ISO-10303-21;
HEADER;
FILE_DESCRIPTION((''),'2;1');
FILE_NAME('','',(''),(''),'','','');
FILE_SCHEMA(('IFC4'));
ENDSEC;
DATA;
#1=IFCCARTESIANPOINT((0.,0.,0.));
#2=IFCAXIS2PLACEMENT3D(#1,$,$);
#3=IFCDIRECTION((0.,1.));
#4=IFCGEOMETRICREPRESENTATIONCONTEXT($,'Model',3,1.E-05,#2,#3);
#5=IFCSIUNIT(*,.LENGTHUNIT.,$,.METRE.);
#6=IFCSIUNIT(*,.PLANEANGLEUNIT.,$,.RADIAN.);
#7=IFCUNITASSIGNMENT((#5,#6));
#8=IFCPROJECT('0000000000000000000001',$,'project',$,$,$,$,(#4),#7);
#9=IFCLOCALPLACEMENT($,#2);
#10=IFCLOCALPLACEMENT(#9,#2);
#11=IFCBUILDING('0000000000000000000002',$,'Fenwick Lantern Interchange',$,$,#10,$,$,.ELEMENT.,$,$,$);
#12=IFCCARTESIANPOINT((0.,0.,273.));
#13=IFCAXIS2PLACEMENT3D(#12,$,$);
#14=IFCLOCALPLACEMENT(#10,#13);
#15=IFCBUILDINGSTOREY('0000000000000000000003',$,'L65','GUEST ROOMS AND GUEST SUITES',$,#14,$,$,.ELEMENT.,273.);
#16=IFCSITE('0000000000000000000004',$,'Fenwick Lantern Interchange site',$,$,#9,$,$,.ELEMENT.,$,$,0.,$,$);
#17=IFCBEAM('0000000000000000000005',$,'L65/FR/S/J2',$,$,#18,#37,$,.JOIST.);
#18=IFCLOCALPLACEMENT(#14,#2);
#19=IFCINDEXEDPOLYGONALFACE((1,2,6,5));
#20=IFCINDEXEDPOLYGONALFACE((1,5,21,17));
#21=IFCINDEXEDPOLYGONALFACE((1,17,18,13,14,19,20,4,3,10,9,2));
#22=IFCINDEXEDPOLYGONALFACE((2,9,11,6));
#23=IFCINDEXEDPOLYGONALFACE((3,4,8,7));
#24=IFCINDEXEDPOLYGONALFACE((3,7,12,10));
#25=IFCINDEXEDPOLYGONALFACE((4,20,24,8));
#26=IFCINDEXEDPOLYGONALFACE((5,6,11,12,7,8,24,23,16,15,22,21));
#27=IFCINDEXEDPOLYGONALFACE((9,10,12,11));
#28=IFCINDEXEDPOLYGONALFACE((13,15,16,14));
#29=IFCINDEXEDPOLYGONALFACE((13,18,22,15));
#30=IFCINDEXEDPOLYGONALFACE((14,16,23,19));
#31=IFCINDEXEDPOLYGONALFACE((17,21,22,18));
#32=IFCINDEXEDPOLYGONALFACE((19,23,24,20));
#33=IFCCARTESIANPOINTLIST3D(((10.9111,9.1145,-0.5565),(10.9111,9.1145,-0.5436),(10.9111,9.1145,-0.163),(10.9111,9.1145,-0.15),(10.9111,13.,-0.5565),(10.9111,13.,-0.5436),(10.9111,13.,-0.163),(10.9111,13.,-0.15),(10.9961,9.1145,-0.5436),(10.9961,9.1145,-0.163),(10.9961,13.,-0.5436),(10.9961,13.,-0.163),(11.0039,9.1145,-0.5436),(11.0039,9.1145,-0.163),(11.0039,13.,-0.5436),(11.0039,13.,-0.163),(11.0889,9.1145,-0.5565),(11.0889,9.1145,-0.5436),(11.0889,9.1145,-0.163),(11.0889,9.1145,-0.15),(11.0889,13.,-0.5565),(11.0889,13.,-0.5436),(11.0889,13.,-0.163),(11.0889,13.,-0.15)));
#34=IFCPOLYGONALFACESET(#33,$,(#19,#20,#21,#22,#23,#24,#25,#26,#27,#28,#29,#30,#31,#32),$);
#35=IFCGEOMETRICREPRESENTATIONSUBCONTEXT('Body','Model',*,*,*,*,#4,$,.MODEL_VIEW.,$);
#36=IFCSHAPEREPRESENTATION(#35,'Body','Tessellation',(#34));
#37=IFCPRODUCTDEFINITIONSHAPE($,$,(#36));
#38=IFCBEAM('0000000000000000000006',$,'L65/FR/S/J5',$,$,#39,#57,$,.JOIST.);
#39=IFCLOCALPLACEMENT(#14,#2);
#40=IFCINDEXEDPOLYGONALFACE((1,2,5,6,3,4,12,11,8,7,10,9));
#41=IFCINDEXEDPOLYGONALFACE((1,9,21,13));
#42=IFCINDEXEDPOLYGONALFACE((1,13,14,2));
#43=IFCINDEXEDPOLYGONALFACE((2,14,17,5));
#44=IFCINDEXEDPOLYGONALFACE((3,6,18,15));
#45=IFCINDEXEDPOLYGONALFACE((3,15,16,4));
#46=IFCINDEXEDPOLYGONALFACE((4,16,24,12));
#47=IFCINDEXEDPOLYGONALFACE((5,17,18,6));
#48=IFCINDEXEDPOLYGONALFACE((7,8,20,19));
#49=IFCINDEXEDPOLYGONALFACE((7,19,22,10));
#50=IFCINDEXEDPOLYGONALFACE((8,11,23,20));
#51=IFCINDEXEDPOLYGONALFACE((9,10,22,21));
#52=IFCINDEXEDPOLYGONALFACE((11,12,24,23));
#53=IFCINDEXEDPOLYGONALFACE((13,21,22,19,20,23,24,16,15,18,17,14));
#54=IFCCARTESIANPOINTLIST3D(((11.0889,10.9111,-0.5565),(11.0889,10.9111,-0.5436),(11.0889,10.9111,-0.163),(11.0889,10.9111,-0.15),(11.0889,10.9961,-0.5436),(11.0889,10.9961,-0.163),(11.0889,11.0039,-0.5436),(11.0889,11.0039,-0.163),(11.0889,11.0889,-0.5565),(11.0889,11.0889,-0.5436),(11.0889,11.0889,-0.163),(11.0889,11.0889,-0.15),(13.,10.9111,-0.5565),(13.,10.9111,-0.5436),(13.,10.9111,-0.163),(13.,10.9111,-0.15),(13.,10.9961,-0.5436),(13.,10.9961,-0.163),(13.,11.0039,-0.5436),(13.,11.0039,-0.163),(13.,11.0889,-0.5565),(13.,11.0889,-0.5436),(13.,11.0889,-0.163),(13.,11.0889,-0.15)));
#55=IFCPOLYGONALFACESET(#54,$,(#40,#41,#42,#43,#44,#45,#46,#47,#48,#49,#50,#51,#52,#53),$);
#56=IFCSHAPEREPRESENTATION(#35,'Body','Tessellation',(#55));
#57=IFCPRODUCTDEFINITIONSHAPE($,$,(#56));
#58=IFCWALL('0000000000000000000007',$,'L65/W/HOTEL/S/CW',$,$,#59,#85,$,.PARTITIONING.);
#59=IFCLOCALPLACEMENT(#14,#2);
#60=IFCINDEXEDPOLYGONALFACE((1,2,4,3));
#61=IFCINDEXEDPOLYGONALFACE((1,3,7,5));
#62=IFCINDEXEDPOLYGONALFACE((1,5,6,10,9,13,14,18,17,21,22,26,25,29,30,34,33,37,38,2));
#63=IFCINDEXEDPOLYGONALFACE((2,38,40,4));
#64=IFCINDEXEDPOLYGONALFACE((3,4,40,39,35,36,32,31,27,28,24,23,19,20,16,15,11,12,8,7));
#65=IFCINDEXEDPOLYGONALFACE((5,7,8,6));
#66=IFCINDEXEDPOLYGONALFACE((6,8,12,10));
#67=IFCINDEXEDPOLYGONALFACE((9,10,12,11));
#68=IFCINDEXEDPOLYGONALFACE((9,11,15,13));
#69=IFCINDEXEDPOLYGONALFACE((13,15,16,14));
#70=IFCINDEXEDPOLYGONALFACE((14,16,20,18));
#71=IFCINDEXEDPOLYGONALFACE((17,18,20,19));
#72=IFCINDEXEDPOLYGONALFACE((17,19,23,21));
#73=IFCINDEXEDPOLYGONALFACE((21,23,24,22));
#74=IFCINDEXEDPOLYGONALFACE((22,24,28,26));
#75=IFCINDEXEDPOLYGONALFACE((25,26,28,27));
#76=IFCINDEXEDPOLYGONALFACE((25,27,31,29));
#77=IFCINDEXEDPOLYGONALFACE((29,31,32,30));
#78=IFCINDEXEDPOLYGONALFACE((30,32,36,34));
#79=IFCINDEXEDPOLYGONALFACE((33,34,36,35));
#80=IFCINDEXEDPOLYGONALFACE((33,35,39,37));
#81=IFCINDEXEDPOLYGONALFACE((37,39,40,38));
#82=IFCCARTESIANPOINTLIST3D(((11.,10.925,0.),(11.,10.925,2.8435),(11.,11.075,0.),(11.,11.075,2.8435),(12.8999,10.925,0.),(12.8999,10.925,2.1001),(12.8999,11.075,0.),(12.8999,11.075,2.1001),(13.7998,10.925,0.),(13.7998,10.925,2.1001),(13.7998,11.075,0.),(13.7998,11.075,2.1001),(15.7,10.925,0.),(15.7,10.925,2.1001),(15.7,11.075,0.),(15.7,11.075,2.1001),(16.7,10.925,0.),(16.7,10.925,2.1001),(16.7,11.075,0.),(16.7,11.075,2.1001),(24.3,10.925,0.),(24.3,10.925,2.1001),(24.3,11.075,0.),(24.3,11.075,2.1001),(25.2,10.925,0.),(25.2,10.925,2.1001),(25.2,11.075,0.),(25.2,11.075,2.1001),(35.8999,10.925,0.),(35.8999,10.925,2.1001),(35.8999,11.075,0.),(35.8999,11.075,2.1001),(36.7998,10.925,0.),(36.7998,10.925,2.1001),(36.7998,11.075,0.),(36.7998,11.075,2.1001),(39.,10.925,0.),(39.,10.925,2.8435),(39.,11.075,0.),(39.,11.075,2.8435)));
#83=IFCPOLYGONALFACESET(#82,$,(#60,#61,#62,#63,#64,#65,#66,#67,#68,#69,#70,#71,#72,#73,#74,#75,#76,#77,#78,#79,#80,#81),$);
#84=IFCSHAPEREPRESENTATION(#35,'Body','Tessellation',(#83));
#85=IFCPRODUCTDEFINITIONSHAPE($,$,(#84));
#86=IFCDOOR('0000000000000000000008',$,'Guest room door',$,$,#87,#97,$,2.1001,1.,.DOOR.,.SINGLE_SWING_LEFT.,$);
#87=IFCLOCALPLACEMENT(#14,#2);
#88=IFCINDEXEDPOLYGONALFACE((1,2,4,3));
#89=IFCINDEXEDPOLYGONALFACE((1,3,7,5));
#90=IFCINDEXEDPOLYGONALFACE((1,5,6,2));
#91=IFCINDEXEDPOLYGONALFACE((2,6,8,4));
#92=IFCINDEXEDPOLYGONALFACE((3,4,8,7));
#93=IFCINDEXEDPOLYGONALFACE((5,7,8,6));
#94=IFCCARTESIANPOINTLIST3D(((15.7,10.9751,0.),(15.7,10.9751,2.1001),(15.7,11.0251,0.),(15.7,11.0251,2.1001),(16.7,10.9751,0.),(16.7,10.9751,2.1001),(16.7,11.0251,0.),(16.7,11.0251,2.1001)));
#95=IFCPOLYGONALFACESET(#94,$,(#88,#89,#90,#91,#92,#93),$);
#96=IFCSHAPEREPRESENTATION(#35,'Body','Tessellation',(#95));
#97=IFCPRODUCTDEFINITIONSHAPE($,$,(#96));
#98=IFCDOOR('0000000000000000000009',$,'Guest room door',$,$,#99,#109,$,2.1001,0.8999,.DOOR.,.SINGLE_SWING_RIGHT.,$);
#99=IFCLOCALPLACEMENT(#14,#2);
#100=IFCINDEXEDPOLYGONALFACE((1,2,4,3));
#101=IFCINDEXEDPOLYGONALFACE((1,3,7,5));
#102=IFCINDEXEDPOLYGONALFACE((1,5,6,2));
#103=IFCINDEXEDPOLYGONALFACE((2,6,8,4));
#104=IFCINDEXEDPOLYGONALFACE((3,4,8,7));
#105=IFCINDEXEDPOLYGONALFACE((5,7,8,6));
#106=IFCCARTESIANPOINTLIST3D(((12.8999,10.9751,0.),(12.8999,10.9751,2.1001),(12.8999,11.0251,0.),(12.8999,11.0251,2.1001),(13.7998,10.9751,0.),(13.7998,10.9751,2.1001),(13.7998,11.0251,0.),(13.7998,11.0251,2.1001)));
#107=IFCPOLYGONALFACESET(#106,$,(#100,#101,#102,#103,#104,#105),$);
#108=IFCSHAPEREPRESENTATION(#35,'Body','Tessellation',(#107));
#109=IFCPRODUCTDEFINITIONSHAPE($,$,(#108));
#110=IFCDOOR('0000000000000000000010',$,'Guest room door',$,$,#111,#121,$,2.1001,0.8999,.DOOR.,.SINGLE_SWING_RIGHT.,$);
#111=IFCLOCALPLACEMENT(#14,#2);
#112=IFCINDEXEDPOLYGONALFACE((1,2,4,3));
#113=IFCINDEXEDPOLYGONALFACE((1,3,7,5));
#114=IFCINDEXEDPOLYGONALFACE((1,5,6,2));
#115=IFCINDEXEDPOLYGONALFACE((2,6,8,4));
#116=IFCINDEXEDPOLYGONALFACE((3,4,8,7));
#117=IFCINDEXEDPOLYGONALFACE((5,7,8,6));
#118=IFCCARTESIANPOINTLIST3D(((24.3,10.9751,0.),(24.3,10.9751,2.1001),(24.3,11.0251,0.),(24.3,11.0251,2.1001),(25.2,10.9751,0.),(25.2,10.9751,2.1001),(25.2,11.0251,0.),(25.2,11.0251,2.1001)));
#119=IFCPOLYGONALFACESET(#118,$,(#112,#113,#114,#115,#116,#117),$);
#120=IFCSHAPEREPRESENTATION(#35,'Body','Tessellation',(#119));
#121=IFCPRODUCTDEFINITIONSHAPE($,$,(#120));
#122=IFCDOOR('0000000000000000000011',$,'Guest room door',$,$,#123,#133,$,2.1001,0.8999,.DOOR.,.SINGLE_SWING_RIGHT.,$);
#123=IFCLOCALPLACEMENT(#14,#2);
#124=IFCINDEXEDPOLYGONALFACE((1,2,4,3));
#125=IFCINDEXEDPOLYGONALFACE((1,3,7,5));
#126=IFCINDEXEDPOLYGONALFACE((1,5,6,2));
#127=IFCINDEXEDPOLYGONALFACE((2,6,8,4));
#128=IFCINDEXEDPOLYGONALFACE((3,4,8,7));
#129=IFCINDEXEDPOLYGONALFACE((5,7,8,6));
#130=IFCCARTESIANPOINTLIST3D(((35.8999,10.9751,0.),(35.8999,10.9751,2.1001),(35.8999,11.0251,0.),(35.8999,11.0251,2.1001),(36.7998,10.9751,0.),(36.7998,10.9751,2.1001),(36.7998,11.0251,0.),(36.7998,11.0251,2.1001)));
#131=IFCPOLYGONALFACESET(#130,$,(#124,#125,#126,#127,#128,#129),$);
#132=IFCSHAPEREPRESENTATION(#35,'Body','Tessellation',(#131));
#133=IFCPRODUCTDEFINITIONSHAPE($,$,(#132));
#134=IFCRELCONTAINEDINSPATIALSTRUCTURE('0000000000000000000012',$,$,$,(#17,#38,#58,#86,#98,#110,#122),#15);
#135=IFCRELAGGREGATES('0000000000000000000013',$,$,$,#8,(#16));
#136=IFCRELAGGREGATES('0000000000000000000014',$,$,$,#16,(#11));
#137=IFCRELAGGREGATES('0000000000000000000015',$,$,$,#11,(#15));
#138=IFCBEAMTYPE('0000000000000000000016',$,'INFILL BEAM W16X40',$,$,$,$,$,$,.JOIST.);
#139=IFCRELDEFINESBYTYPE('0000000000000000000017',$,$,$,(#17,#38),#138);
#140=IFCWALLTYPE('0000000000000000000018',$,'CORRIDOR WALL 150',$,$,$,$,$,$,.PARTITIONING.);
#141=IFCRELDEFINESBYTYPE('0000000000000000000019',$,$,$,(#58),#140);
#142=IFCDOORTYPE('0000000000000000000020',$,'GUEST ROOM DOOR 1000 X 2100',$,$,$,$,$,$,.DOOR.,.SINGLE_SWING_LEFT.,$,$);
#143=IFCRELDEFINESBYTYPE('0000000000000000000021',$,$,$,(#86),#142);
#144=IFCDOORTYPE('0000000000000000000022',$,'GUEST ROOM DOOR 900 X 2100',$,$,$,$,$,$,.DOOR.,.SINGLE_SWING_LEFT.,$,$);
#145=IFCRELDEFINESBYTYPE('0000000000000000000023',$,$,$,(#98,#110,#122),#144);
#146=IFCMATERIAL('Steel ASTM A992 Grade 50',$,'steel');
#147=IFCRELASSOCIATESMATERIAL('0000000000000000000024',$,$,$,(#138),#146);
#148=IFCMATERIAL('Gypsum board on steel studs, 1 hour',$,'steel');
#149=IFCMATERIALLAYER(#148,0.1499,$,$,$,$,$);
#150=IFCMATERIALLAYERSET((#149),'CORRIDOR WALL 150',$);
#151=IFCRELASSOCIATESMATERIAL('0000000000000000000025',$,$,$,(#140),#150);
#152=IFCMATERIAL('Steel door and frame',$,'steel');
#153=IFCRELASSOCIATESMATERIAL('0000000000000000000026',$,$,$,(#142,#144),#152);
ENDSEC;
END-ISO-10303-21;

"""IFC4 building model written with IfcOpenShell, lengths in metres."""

from ifc_helpers import new_model, si_unit, direction, frame, frame_2d, origin, origin_2d, place, context, subcontext, project, spatial, rectangle, i_section, extrude, material, layer, layer_set, material_profile, profile_set, type_object, element, fill, save


model = new_model("IFC4")

# Units and contexts
model_context = context("Model", 3, precision=1e-05, world=origin(), true_north=direction((0.0, 1.0)))
body_context = subcontext(model_context, "Body", "Model", "MODEL_VIEW")
ifc_project = project(units=[si_unit("LENGTHUNIT", "METRE"), si_unit("PLANEANGLEUNIT", "RADIAN")], contexts=[model_context])

# Site, building, storey
site_placement = place(None, origin())
site = spatial("IfcSite", under=ifc_project, at=site_placement, Name="Fenwick Lantern Interchange site", CompositionType="ELEMENT", RefElevation=0.0)
building_placement = place(site_placement, origin())
building = spatial("IfcBuilding", under=site, at=building_placement, Name="Fenwick Lantern Interchange", CompositionType="ELEMENT")
storey_placement = place(building_placement, frame((0.0, 0.0, 273.0)))
storey = spatial("IfcBuildingStorey", under=building, at=storey_placement, Name="L65", Description="GUEST ROOMS AND GUEST SUITES", CompositionType="ELEMENT", Elevation=273.0)

# Beams
ifc_material_1 = material(Name="Steel ASTM A992 Grade 50", Category="steel")
ifc_material_profile = material_profile(ifc_material_1, i_section(OverallWidth=0.1777, OverallDepth=0.4065, WebThickness=0.0078, FlangeThickness=0.0129, at=origin_2d()), Name="W16X40")
ifc_profile_set = profile_set([ifc_material_profile], Name="Steel ASTM A992 Grade 50")
beam_type = type_object("IfcBeamType", Name="INFILL BEAM W16X40", PredefinedType="JOIST", material=ifc_profile_set)
beam_1_placement = place(storey_placement, frame((11.0, 9.1145, -0.3533), z_axis=(0.0, 1.0, 0.0), x_axis=(-1.0, 0.0, 0.0)))
element("IfcBeam", 1, at=beam_1_placement, inside=storey, type_object=beam_type, Name="L65/FR/S/J2", PredefinedType="JOIST", context=body_context, shape_type="SweptSolid", body=[
    extrude(i_section(OverallWidth=0.1777, OverallDepth=0.4065, WebThickness=0.0078, FlangeThickness=0.0129, at=origin_2d()), origin(), (0.0, 0.0, 1.0), 3.8855),
])
beam_2_placement = place(storey_placement, frame((11.0889, 11.0, -0.3533), z_axis=(1.0, 0.0, 0.0), x_axis=(0.0, 1.0, 0.0)))
element("IfcBeam", 2, at=beam_2_placement, inside=storey, type_object=beam_type, Name="L65/FR/S/J5", PredefinedType="JOIST", context=body_context, shape_type="SweptSolid", body=[
    extrude(i_section(OverallWidth=0.1777, OverallDepth=0.4065, WebThickness=0.0078, FlangeThickness=0.0129, at=origin_2d()), origin(), (0.0, 0.0, 1.0), 1.9111),
])

# Wall, openings, doors
ifc_material_2 = material(Name="Steel door and frame", Category="steel")
ifc_material_3 = material(Name="Gypsum board on steel studs, 1 hour", Category="steel")
ifc_layer_1 = layer(ifc_material_3, 0.1499)
ifc_layer_set_1 = layer_set([ifc_layer_1], Name="CORRIDOR WALL 150")
wall_type_1 = type_object("IfcWallType", Name="CORRIDOR WALL 150", PredefinedType="PARTITIONING", material=ifc_layer_set_1)
wall_1_placement = place(storey_placement, frame((11.0, 11.0, 0.0), z_axis=(0.0, 0.0, 1.0), x_axis=(1.0, 0.0, 0.0)))
wall_1 = element("IfcWall", 3, at=wall_1_placement, inside=storey, type_object=wall_type_1, Name="L65/W/HOTEL/S/CW", PredefinedType="PARTITIONING", context=body_context, shape_type="SweptSolid", body=[
    extrude(rectangle(XDim=28.0, YDim=0.1499, at=frame_2d((14.0, 0.0))), origin(), (0.0, 0.0, 1.0), 2.8435),
])
opening_1_placement = place(wall_1_placement, frame((1.8999, 0.0, 0.0)))
opening_1 = element("IfcOpeningElement", 4, at=opening_1_placement, cuts=wall_1, PredefinedType="OPENING", context=body_context, shape_type="SweptSolid", body=[
    extrude(rectangle(XDim=0.8999, YDim=2.1001, at=frame_2d((0.45, 1.05))), frame((0.0, 0.085, 0.0), z_axis=(0.0, -1.0, 0.0), x_axis=(1.0, 0.0, 0.0)), (0.0, 0.0, 1.0), 0.1699),
])
opening_2_placement = place(wall_1_placement, frame((4.7, 0.0, 0.0)))
opening_2 = element("IfcOpeningElement", 5, at=opening_2_placement, cuts=wall_1, PredefinedType="OPENING", context=body_context, shape_type="SweptSolid", body=[
    extrude(rectangle(XDim=1.0, YDim=2.1001, at=frame_2d((0.5, 1.05))), frame((0.0, 0.085, 0.0), z_axis=(0.0, -1.0, 0.0), x_axis=(1.0, 0.0, 0.0)), (0.0, 0.0, 1.0), 0.1699),
])
opening_3_placement = place(wall_1_placement, frame((13.3, 0.0, 0.0)))
opening_3 = element("IfcOpeningElement", 6, at=opening_3_placement, cuts=wall_1, PredefinedType="OPENING", context=body_context, shape_type="SweptSolid", body=[
    extrude(rectangle(XDim=0.8999, YDim=2.1001, at=frame_2d((0.45, 1.05))), frame((0.0, 0.085, 0.0), z_axis=(0.0, -1.0, 0.0), x_axis=(1.0, 0.0, 0.0)), (0.0, 0.0, 1.0), 0.1699),
])
opening_4_placement = place(wall_1_placement, frame((24.8999, 0.0, 0.0)))
opening_4 = element("IfcOpeningElement", 7, at=opening_4_placement, cuts=wall_1, PredefinedType="OPENING", context=body_context, shape_type="SweptSolid", body=[
    extrude(rectangle(XDim=0.8999, YDim=2.1001, at=frame_2d((0.45, 1.05))), frame((0.0, 0.085, 0.0), z_axis=(0.0, -1.0, 0.0), x_axis=(1.0, 0.0, 0.0)), (0.0, 0.0, 1.0), 0.1699),
])
door_type_1 = type_object("IfcDoorType", Name="GUEST ROOM DOOR 1000 X 2100", OperationType="SINGLE_SWING_LEFT", PredefinedType="DOOR", material=ifc_material_2)
door_1_placement = place(opening_2_placement, frame((1.0, 0.0, 0.0), z_axis=(0.0, 0.0, 1.0), x_axis=(-1.0, 0.0, 0.0)))
door_1 = element("IfcDoor", 8, at=door_1_placement, inside=storey, type_object=door_type_1, Name="Guest room door", OperationType="SINGLE_SWING_LEFT", OverallHeight=2.1001, OverallWidth=1.0, PredefinedType="DOOR", context=body_context, shape_type="SweptSolid", body=[
    extrude(rectangle(XDim=1.0, YDim=2.1001, at=frame_2d((0.5, 1.05))), frame((0.0, 0.0249, 0.0), z_axis=(0.0, -1.0, 0.0), x_axis=(1.0, 0.0, 0.0)), (0.0, 0.0, 1.0), 0.05),
])
fill(opening_2, door_1)
door_type_2 = type_object("IfcDoorType", Name="GUEST ROOM DOOR 900 X 2100", OperationType="SINGLE_SWING_LEFT", PredefinedType="DOOR", material=ifc_material_2)
door_2_placement = place(opening_1_placement, frame((0.8999, 0.0, 0.0), z_axis=(0.0, 0.0, 1.0), x_axis=(-1.0, 0.0, 0.0)))
door_2 = element("IfcDoor", 9, at=door_2_placement, inside=storey, type_object=door_type_2, Name="Guest room door", OperationType="SINGLE_SWING_RIGHT", OverallHeight=2.1001, OverallWidth=0.8999, PredefinedType="DOOR", context=body_context, shape_type="SweptSolid", body=[
    extrude(rectangle(XDim=0.8999, YDim=2.1001, at=frame_2d((0.45, 1.05))), frame((0.0, 0.0249, 0.0), z_axis=(0.0, -1.0, 0.0), x_axis=(1.0, 0.0, 0.0)), (0.0, 0.0, 1.0), 0.05),
])
fill(opening_1, door_2)
door_3_placement = place(opening_3_placement, frame((0.8999, 0.0, 0.0), z_axis=(0.0, 0.0, 1.0), x_axis=(-1.0, 0.0, 0.0)))
door_3 = element("IfcDoor", 10, at=door_3_placement, inside=storey, type_object=door_type_2, Name="Guest room door", OperationType="SINGLE_SWING_RIGHT", OverallHeight=2.1001, OverallWidth=0.8999, PredefinedType="DOOR", context=body_context, shape_type="SweptSolid", body=[
    extrude(rectangle(XDim=0.8999, YDim=2.1001, at=frame_2d((0.45, 1.05))), frame((0.0, 0.0249, 0.0), z_axis=(0.0, -1.0, 0.0), x_axis=(1.0, 0.0, 0.0)), (0.0, 0.0, 1.0), 0.05),
])
fill(opening_3, door_3)
door_4_placement = place(opening_4_placement, frame((0.8999, 0.0, 0.0), z_axis=(0.0, 0.0, 1.0), x_axis=(-1.0, 0.0, 0.0)))
door_4 = element("IfcDoor", 11, at=door_4_placement, inside=storey, type_object=door_type_2, Name="Guest room door", OperationType="SINGLE_SWING_RIGHT", OverallHeight=2.1001, OverallWidth=0.8999, PredefinedType="DOOR", context=body_context, shape_type="SweptSolid", body=[
    extrude(rectangle(XDim=0.8999, YDim=2.1001, at=frame_2d((0.45, 1.05))), frame((0.0, 0.0249, 0.0), z_axis=(0.0, -1.0, 0.0), x_axis=(1.0, 0.0, 0.0)), (0.0, 0.0, 1.0), 0.05),
])
fill(opening_4, door_4)

save(model, "model.ifc")
